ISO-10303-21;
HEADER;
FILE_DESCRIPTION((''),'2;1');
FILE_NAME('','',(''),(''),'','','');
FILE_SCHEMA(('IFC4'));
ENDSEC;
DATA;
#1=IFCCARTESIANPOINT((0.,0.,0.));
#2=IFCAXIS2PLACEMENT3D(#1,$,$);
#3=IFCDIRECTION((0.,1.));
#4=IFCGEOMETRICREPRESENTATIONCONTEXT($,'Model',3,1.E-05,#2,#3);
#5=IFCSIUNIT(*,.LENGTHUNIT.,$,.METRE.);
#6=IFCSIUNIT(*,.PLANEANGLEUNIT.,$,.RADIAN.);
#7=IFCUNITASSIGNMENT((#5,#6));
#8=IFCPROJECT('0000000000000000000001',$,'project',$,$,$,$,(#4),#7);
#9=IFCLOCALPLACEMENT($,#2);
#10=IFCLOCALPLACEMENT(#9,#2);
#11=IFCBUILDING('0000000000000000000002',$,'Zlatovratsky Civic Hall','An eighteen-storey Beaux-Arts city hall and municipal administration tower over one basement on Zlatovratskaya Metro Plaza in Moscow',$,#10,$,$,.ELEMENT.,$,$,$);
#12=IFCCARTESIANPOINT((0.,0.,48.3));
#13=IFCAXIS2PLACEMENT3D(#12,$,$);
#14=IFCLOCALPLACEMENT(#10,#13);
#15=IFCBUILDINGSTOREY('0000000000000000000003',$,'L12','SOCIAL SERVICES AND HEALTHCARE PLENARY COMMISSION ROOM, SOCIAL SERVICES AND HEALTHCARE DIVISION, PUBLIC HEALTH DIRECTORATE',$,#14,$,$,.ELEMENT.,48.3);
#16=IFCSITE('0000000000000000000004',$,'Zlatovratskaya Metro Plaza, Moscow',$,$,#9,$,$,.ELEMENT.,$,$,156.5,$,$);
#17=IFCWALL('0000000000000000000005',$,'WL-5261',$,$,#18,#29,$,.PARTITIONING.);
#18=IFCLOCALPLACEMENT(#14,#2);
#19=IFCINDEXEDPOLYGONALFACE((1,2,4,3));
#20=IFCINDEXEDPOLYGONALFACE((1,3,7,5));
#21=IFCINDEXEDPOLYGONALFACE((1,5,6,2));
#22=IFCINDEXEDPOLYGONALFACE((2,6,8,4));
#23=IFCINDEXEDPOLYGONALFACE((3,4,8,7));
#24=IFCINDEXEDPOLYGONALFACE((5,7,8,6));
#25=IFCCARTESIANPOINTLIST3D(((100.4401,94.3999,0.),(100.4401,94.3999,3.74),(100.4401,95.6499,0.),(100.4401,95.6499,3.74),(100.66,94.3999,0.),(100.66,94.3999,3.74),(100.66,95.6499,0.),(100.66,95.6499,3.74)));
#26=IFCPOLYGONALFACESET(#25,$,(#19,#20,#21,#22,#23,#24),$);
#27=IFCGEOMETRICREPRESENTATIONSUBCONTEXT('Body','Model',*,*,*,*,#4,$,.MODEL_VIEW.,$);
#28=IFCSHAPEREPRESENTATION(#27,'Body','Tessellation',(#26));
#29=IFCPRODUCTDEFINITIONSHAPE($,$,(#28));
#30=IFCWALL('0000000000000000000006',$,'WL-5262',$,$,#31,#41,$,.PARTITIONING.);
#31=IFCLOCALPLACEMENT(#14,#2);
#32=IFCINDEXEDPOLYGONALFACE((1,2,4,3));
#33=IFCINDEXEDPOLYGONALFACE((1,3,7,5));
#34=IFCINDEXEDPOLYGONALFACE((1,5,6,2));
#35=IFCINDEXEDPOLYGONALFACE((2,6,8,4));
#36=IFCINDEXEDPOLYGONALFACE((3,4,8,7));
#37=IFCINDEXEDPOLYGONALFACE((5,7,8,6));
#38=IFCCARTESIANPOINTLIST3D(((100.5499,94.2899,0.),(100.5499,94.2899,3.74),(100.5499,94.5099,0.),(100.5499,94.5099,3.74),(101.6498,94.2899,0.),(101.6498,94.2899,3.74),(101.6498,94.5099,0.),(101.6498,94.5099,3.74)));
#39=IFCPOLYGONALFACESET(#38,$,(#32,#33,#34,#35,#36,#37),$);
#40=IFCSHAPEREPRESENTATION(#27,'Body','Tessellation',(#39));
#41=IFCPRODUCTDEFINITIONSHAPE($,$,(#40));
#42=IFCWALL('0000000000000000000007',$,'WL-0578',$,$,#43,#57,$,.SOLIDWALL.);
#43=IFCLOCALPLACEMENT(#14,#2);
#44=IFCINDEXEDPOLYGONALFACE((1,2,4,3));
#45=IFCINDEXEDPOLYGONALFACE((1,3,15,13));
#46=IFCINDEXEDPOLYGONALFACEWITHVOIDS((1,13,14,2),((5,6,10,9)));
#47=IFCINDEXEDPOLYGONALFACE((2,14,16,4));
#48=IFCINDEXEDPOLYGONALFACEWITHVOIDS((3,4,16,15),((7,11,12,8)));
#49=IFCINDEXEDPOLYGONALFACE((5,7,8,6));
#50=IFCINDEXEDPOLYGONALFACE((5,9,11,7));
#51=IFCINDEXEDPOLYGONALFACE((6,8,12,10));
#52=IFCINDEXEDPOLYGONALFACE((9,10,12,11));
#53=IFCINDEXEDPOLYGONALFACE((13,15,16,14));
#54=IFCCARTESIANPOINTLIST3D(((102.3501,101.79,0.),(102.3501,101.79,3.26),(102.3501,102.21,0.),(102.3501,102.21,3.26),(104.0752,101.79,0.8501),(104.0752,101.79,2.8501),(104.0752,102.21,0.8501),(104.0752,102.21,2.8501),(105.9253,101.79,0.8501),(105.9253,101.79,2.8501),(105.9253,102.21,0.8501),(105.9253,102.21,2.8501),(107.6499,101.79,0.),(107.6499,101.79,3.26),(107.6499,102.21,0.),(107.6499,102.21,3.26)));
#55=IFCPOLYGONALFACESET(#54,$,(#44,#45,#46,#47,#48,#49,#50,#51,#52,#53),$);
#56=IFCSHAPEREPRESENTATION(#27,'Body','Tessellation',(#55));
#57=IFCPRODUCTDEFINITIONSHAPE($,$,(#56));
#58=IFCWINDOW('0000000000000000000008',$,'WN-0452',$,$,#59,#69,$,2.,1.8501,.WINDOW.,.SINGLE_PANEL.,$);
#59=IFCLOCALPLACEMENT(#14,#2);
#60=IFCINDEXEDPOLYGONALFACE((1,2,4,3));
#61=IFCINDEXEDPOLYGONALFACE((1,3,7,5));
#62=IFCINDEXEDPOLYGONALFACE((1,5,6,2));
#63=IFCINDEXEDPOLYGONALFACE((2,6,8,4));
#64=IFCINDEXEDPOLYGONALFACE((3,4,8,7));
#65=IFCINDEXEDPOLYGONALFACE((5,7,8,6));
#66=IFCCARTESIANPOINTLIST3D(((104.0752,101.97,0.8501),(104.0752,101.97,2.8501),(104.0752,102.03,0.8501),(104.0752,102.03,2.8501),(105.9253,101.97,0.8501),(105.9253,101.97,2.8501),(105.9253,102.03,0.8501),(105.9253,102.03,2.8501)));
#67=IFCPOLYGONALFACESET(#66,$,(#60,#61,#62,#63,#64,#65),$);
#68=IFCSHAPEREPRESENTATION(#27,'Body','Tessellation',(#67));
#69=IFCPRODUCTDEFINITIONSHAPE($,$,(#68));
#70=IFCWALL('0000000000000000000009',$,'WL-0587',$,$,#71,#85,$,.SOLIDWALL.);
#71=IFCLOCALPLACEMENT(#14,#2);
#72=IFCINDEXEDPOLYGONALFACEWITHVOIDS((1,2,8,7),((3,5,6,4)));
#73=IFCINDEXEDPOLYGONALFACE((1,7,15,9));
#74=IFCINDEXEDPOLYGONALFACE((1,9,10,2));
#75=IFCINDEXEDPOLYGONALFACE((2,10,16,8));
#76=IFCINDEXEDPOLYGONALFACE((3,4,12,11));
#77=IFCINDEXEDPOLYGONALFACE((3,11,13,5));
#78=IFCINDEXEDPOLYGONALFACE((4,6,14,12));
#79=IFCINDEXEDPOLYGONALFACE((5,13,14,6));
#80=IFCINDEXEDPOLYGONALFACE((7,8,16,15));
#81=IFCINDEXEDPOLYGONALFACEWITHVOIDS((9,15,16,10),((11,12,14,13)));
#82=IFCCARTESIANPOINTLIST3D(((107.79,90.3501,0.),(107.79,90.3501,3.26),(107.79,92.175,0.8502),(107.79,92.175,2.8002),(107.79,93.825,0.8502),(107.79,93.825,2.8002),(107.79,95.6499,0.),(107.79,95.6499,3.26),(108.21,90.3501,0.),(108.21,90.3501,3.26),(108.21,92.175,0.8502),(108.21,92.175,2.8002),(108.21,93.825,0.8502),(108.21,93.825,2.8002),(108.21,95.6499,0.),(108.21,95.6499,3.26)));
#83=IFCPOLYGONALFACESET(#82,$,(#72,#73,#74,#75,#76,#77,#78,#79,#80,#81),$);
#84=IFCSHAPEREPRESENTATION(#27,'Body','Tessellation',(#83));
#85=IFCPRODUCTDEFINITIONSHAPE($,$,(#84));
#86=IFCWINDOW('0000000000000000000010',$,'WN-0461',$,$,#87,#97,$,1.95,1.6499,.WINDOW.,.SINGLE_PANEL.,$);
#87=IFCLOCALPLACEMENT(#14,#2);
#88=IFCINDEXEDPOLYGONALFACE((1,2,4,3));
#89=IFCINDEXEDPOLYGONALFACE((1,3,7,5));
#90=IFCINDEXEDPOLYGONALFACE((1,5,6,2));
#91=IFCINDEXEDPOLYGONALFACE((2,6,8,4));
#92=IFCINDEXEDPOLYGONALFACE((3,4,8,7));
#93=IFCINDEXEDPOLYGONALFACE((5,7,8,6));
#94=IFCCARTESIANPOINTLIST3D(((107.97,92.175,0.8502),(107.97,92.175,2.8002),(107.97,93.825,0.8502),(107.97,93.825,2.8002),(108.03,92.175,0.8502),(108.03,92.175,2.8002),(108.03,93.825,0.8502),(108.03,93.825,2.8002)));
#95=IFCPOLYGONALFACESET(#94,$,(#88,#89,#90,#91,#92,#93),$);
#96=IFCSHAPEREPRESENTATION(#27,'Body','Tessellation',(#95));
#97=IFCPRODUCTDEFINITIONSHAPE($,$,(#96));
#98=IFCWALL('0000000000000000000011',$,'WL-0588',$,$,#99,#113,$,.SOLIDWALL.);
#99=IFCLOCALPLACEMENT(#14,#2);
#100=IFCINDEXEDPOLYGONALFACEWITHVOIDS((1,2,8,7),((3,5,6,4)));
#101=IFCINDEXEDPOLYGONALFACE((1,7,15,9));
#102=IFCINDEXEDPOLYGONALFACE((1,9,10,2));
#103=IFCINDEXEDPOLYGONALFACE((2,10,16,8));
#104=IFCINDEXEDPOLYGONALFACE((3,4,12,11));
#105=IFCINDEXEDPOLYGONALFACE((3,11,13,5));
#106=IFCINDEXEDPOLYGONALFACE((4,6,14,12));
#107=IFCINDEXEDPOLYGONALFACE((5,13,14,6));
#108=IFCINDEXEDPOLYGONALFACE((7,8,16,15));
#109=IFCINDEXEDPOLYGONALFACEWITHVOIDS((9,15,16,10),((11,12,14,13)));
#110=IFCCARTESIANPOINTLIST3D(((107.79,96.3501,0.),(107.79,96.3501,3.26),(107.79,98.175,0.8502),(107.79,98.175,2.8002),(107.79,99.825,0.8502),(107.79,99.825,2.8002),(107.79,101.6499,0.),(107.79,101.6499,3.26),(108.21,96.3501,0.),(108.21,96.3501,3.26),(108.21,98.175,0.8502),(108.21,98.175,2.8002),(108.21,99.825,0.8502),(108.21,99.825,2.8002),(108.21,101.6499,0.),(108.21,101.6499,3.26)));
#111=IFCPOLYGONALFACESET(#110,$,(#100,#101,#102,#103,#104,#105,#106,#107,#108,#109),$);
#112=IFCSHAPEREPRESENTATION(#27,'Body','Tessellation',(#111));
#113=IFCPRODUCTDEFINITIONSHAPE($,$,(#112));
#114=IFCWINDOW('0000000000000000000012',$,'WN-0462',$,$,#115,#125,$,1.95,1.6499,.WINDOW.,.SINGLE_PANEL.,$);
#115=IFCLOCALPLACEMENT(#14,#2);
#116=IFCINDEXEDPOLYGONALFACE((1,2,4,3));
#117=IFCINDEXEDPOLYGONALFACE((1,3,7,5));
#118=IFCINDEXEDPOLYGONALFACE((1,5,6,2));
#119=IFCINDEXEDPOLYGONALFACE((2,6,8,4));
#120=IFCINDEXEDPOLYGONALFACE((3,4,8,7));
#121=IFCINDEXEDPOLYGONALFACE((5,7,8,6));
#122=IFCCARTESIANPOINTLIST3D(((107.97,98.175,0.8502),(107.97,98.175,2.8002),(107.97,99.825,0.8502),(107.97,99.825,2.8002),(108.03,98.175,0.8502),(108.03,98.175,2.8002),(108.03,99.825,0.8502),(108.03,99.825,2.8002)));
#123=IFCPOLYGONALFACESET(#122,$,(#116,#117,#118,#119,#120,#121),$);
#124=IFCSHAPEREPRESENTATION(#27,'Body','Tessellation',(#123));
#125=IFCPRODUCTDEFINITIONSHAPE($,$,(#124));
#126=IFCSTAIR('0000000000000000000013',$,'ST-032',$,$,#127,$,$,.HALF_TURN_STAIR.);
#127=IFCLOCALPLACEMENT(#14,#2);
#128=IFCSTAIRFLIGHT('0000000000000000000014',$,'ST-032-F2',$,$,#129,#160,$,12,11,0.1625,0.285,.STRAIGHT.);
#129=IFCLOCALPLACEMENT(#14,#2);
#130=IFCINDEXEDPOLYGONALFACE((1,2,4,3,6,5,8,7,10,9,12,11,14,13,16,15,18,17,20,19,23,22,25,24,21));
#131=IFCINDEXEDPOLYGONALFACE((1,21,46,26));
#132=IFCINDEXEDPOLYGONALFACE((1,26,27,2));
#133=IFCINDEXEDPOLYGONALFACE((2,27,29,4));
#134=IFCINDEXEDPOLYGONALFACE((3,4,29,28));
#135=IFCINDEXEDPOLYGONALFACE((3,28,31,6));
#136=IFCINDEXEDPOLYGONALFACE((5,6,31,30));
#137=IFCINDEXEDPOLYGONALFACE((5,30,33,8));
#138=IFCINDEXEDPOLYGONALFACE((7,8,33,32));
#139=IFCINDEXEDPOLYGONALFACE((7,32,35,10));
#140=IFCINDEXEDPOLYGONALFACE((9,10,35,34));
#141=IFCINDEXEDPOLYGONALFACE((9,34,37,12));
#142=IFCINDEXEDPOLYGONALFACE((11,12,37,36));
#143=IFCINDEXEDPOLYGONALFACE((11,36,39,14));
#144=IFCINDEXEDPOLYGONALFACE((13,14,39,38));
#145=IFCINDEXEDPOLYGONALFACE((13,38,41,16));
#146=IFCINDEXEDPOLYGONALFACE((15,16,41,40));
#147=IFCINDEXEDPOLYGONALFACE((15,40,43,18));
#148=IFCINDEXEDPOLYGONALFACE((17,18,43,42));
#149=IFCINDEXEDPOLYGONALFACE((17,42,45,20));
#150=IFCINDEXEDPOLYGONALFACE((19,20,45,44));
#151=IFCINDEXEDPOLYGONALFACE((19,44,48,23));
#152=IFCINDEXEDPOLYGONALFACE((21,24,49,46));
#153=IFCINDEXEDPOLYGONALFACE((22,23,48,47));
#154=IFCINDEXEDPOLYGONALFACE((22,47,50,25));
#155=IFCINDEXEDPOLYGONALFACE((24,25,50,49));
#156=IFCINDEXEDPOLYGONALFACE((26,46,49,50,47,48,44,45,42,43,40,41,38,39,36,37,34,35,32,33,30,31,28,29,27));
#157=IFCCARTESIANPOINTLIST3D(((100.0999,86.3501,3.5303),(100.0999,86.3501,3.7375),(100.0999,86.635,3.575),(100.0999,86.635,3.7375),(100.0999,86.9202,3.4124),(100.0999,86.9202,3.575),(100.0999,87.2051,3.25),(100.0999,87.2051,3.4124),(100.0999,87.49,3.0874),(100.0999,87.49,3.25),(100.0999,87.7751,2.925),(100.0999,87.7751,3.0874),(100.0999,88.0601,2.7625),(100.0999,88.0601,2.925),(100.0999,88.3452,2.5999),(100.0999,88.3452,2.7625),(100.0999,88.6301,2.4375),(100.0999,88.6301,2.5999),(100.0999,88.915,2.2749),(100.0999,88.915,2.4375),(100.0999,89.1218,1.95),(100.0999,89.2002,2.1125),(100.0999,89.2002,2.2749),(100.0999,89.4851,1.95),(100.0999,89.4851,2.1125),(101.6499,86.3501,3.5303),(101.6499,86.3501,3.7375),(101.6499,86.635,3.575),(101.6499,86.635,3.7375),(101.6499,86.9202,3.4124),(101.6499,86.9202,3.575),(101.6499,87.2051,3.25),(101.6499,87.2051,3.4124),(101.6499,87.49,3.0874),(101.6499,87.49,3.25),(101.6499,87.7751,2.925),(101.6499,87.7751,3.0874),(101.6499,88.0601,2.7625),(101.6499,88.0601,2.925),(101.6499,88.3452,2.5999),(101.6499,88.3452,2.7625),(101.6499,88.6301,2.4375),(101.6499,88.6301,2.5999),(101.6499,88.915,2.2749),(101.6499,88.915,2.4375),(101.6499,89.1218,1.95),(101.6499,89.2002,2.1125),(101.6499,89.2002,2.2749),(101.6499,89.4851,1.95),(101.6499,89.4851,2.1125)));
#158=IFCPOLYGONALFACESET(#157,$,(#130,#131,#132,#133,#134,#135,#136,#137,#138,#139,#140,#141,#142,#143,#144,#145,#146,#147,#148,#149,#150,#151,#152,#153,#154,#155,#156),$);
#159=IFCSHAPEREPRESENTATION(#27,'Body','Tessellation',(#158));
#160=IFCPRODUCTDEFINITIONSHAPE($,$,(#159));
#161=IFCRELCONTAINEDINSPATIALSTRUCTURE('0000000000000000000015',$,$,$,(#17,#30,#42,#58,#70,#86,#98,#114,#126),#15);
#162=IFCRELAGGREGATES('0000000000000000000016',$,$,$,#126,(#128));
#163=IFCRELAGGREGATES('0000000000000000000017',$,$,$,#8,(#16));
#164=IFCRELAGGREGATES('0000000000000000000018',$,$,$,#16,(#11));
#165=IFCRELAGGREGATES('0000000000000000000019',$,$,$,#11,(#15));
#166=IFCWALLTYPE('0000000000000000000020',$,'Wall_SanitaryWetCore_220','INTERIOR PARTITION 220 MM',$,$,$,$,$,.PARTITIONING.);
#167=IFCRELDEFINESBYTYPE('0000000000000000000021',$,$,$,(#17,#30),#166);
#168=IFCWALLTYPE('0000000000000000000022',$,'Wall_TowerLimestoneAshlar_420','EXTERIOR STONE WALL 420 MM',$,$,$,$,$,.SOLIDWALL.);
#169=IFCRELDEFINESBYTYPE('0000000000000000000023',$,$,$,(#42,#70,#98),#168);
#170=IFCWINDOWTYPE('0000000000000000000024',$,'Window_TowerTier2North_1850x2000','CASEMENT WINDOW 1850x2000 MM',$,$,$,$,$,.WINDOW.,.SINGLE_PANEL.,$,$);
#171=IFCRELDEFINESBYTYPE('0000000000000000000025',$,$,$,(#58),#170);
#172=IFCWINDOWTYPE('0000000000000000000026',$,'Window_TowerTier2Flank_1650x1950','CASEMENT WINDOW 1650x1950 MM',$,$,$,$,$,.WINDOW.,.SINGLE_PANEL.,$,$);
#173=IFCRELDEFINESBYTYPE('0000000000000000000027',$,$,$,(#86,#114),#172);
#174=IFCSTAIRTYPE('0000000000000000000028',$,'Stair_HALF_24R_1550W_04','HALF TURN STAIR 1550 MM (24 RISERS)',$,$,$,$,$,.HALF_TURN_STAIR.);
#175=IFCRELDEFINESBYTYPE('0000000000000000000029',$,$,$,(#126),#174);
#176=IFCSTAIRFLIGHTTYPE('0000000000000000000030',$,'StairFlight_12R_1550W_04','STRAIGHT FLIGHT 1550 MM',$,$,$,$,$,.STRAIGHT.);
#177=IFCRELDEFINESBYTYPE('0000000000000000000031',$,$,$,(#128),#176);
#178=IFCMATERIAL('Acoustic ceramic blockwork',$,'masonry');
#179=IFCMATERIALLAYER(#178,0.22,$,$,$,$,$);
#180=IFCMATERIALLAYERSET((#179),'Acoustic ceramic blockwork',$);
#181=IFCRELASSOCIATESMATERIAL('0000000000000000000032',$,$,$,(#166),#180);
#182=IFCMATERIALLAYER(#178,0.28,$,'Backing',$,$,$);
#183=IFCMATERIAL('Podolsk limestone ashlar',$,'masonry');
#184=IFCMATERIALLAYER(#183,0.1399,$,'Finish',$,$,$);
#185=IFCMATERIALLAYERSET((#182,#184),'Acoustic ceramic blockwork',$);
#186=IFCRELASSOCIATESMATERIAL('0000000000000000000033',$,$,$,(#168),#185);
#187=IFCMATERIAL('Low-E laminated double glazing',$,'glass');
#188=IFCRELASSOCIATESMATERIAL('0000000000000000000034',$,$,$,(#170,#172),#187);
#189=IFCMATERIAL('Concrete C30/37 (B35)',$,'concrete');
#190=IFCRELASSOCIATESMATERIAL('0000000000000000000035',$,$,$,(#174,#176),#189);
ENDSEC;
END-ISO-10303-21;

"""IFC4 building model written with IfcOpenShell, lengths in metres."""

from ifc_helpers import new_model, si_unit, direction, frame, frame_2d, origin, place, context, subcontext, project, spatial, polyline, rectangle, outline, extrude, material, layer, layer_set, type_object, element, fill, aggregate, save


model = new_model("IFC4")

# Units and contexts
model_context = context("Model", 3, precision=1e-05, world=origin(), true_north=direction((0.0, 1.0)))
body_context = subcontext(model_context, "Body", "Model", "MODEL_VIEW")
ifc_project = project(units=[si_unit("LENGTHUNIT", "METRE"), si_unit("PLANEANGLEUNIT", "RADIAN")], contexts=[model_context])

# Site, building, storey
site_placement = place(None, origin())
site = spatial("IfcSite", under=ifc_project, at=site_placement, Name="Zlatovratskaya Metro Plaza, Moscow", CompositionType="ELEMENT", RefElevation=156.5)
building_placement = place(site_placement, origin())
building = spatial("IfcBuilding", under=site, at=building_placement, Name="Zlatovratsky Civic Hall", Description="An eighteen-storey Beaux-Arts city hall and municipal administration tower over one basement on Zlatovratskaya Metro Plaza in Moscow", CompositionType="ELEMENT")
storey_placement = place(building_placement, frame((0.0, 0.0, 48.3)))
storey = spatial("IfcBuildingStorey", under=building, at=storey_placement, Name="L12", Description="SOCIAL SERVICES AND HEALTHCARE PLENARY COMMISSION ROOM, SOCIAL SERVICES AND HEALTHCARE DIVISION, PUBLIC HEALTH DIRECTORATE", CompositionType="ELEMENT", Elevation=48.3)

# Walls
ifc_material_1 = material(Name="Acoustic ceramic blockwork", Category="masonry")
ifc_layer_1 = layer(ifc_material_1, 0.22)
ifc_layer_set_1 = layer_set([ifc_layer_1], Name="Acoustic ceramic blockwork")
wall_type_1 = type_object("IfcWallType", Name="Wall_SanitaryWetCore_220", Description="INTERIOR PARTITION 220 MM", PredefinedType="PARTITIONING", material=ifc_layer_set_1)
wall_1_placement = place(storey_placement, frame((100.55, 94.3999, 0.0), z_axis=(0.0, 0.0, 1.0), x_axis=(0.0, 1.0, 0.0)))
element("IfcWall", 1, at=wall_1_placement, inside=storey, type_object=wall_type_1, Name="WL-5261", PredefinedType="PARTITIONING", context=body_context, shape_type="SweptSolid", body=[
    extrude(rectangle(XDim=1.25, YDim=0.22, at=frame_2d((0.625, 0.0))), origin(), (0.0, 0.0, 1.0), 3.74),
])
wall_2_placement = place(storey_placement, frame((100.55, 94.3999, 0.0), z_axis=(0.0, 0.0, 1.0), x_axis=(1.0, 0.0, 0.0)))
element("IfcWall", 2, at=wall_2_placement, inside=storey, type_object=wall_type_1, Name="WL-5262", PredefinedType="PARTITIONING", context=body_context, shape_type="SweptSolid", body=[
    extrude(rectangle(XDim=1.0999, YDim=0.22, at=frame_2d((0.5498, 0.0))), origin(), (0.0, 0.0, 1.0), 3.74),
])

# Walls, openings, windows
ifc_layer_2 = layer(ifc_material_1, 0.28, Name="Backing")
ifc_material_2 = material(Name="Podolsk limestone ashlar", Category="masonry")
ifc_layer_3 = layer(ifc_material_2, 0.1399, Name="Finish")
ifc_layer_set_2 = layer_set([ifc_layer_2, ifc_layer_3], Name="Acoustic ceramic blockwork")
wall_type_2 = type_object("IfcWallType", Name="Wall_TowerLimestoneAshlar_420", Description="EXTERIOR STONE WALL 420 MM", PredefinedType="SOLIDWALL", material=ifc_layer_set_2)
wall_3_placement = place(storey_placement, frame((102.3501, 102.0, 0.0), z_axis=(0.0, 0.0, 1.0), x_axis=(1.0, 0.0, 0.0)))
wall_3 = element("IfcWall", 3, at=wall_3_placement, inside=storey, type_object=wall_type_2, Name="WL-0578", PredefinedType="SOLIDWALL", context=body_context, shape_type="SweptSolid", body=[
    extrude(rectangle(XDim=5.2998, YDim=0.4199, at=frame_2d((2.6499, 0.0))), origin(), (0.0, 0.0, 1.0), 3.26),
])
opening_1_placement = place(wall_3_placement, frame((1.7251, 0.0, 0.8501)))
opening_1 = element("IfcOpeningElement", 4, at=opening_1_placement, cuts=wall_3, PredefinedType="OPENING", context=body_context, shape_type="SweptSolid", body=[
    extrude(rectangle(XDim=1.8501, YDim=2.0, at=frame_2d((0.925, 1.0))), frame((0.0, 0.2249, 0.0), z_axis=(0.0, -1.0, 0.0), x_axis=(1.0, 0.0, 0.0)), (0.0, 0.0, 1.0), 0.4497),
])
ifc_material_3 = material(Name="Low-E laminated double glazing", Category="glass")
window_type_1 = type_object("IfcWindowType", Name="Window_TowerTier2North_1850x2000", Description="CASEMENT WINDOW 1850x2000 MM", PartitioningType="SINGLE_PANEL", PredefinedType="WINDOW", material=ifc_material_3)
window_1_placement = place(opening_1_placement, origin())
window_1 = element("IfcWindow", 5, at=window_1_placement, inside=storey, type_object=window_type_1, Name="WN-0452", OverallHeight=2.0, OverallWidth=1.8501, PartitioningType="SINGLE_PANEL", PredefinedType="WINDOW", context=body_context, shape_type="SweptSolid", body=[
    extrude(rectangle(XDim=1.8501, YDim=2.0, at=frame_2d((0.925, 1.0))), frame((0.0, 0.03, 0.0), z_axis=(0.0, -1.0, 0.0), x_axis=(1.0, 0.0, 0.0)), (0.0, 0.0, 1.0), 0.0601),
])
fill(opening_1, window_1)
wall_4_placement = place(storey_placement, frame((108.0, 90.3501, 0.0), z_axis=(0.0, 0.0, 1.0), x_axis=(0.0, 1.0, 0.0)))
wall_4 = element("IfcWall", 6, at=wall_4_placement, inside=storey, type_object=wall_type_2, Name="WL-0587", PredefinedType="SOLIDWALL", context=body_context, shape_type="SweptSolid", body=[
    extrude(rectangle(XDim=5.2998, YDim=0.4199, at=frame_2d((2.6499, 0.0))), origin(), (0.0, 0.0, 1.0), 3.26),
])
opening_2_placement = place(wall_4_placement, frame((1.825, 0.0, 0.8501)))
opening_2 = element("IfcOpeningElement", 7, at=opening_2_placement, cuts=wall_4, PredefinedType="OPENING", context=body_context, shape_type="SweptSolid", body=[
    extrude(rectangle(XDim=1.6499, YDim=1.95, at=frame_2d((0.825, 0.9751))), frame((0.0, 0.2249, 0.0), z_axis=(0.0, -1.0, 0.0), x_axis=(1.0, 0.0, 0.0)), (0.0, 0.0, 1.0), 0.4497),
])
window_type_2 = type_object("IfcWindowType", Name="Window_TowerTier2Flank_1650x1950", Description="CASEMENT WINDOW 1650x1950 MM", PartitioningType="SINGLE_PANEL", PredefinedType="WINDOW", material=ifc_material_3)
window_2_placement = place(opening_2_placement, origin())
window_2 = element("IfcWindow", 8, at=window_2_placement, inside=storey, type_object=window_type_2, Name="WN-0461", OverallHeight=1.95, OverallWidth=1.6499, PartitioningType="SINGLE_PANEL", PredefinedType="WINDOW", context=body_context, shape_type="SweptSolid", body=[
    extrude(rectangle(XDim=1.6499, YDim=1.95, at=frame_2d((0.825, 0.9751))), frame((0.0, 0.03, 0.0), z_axis=(0.0, -1.0, 0.0), x_axis=(1.0, 0.0, 0.0)), (0.0, 0.0, 1.0), 0.0601),
])
fill(opening_2, window_2)
wall_5_placement = place(storey_placement, frame((108.0, 96.3501, 0.0), z_axis=(0.0, 0.0, 1.0), x_axis=(0.0, 1.0, 0.0)))
wall_5 = element("IfcWall", 9, at=wall_5_placement, inside=storey, type_object=wall_type_2, Name="WL-0588", PredefinedType="SOLIDWALL", context=body_context, shape_type="SweptSolid", body=[
    extrude(rectangle(XDim=5.2998, YDim=0.4199, at=frame_2d((2.6499, 0.0))), origin(), (0.0, 0.0, 1.0), 3.26),
])
opening_3_placement = place(wall_5_placement, frame((1.825, 0.0, 0.8501)))
opening_3 = element("IfcOpeningElement", 10, at=opening_3_placement, cuts=wall_5, PredefinedType="OPENING", context=body_context, shape_type="SweptSolid", body=[
    extrude(rectangle(XDim=1.6499, YDim=1.95, at=frame_2d((0.825, 0.9751))), frame((0.0, 0.2249, 0.0), z_axis=(0.0, -1.0, 0.0), x_axis=(1.0, 0.0, 0.0)), (0.0, 0.0, 1.0), 0.4497),
])
window_3_placement = place(opening_3_placement, origin())
window_3 = element("IfcWindow", 11, at=window_3_placement, inside=storey, type_object=window_type_2, Name="WN-0462", OverallHeight=1.95, OverallWidth=1.6499, PartitioningType="SINGLE_PANEL", PredefinedType="WINDOW", context=body_context, shape_type="SweptSolid", body=[
    extrude(rectangle(XDim=1.6499, YDim=1.95, at=frame_2d((0.825, 0.9751))), frame((0.0, 0.03, 0.0), z_axis=(0.0, -1.0, 0.0), x_axis=(1.0, 0.0, 0.0)), (0.0, 0.0, 1.0), 0.0601),
])
fill(opening_3, window_3)

# Stair, stair flight
ifc_material_4 = material(Name="Concrete C30/37 (B35)", Category="concrete")
stair_type = type_object("IfcStairType", Name="Stair_HALF_24R_1550W_04", Description="HALF TURN STAIR 1550 MM (24 RISERS)", PredefinedType="HALF_TURN_STAIR", material=ifc_material_4)
stair_placement = place(storey_placement, origin())
stair = element("IfcStair", 12, at=stair_placement, inside=storey, type_object=stair_type, Name="ST-032", PredefinedType="HALF_TURN_STAIR")
stair_flight_type = type_object("IfcStairFlightType", Name="StairFlight_12R_1550W_04", Description="STRAIGHT FLIGHT 1550 MM", PredefinedType="STRAIGHT", material=ifc_material_4)
stair_flight_placement = place(storey_placement, frame((100.875, 89.4851, 1.95), z_axis=(0.0, 0.0, 1.0), x_axis=(0.0, -1.0, 0.0)))
stair_flight = element("IfcStairFlight", 13, at=stair_flight_placement, type_object=stair_flight_type, Name="ST-032-F2", NumberOfRisers=12, NumberOfTreads=11, PredefinedType="STRAIGHT", RiserHeight=0.1625, TreadLength=0.285, context=body_context, shape_type="SweptSolid", body=[
    extrude(outline(polyline([(0.0, 0.0), (0.0, 0.1626), (0.2849, 0.1626), (0.2849, 0.325), (0.5701, 0.325), (0.5701, 0.4875), (0.855, 0.4875), (0.855, 0.6499), (1.1399, 0.6499), (1.1399, 0.8125), (1.425, 0.8125), (1.425, 0.9751), (1.71, 0.9751), (1.71, 1.1375), (1.9951, 1.1375), (1.9951, 1.3), (2.28, 1.3), (2.28, 1.4624), (2.5649, 1.4624), (2.5649, 1.625), (2.8501, 1.625), (2.8501, 1.7876), (3.135, 1.7876), (3.135, 1.95), (3.135, 1.5803), (0.3633, 0.0), (0.0, 0.0)])), frame((0.0, 0.7749, 0.0), z_axis=(0.0, -1.0, 0.0), x_axis=(1.0, 0.0, 0.0)), (0.0, 0.0, 1.0), 1.55),
])
aggregate(stair, [stair_flight])

save(model, "model.ifc")
